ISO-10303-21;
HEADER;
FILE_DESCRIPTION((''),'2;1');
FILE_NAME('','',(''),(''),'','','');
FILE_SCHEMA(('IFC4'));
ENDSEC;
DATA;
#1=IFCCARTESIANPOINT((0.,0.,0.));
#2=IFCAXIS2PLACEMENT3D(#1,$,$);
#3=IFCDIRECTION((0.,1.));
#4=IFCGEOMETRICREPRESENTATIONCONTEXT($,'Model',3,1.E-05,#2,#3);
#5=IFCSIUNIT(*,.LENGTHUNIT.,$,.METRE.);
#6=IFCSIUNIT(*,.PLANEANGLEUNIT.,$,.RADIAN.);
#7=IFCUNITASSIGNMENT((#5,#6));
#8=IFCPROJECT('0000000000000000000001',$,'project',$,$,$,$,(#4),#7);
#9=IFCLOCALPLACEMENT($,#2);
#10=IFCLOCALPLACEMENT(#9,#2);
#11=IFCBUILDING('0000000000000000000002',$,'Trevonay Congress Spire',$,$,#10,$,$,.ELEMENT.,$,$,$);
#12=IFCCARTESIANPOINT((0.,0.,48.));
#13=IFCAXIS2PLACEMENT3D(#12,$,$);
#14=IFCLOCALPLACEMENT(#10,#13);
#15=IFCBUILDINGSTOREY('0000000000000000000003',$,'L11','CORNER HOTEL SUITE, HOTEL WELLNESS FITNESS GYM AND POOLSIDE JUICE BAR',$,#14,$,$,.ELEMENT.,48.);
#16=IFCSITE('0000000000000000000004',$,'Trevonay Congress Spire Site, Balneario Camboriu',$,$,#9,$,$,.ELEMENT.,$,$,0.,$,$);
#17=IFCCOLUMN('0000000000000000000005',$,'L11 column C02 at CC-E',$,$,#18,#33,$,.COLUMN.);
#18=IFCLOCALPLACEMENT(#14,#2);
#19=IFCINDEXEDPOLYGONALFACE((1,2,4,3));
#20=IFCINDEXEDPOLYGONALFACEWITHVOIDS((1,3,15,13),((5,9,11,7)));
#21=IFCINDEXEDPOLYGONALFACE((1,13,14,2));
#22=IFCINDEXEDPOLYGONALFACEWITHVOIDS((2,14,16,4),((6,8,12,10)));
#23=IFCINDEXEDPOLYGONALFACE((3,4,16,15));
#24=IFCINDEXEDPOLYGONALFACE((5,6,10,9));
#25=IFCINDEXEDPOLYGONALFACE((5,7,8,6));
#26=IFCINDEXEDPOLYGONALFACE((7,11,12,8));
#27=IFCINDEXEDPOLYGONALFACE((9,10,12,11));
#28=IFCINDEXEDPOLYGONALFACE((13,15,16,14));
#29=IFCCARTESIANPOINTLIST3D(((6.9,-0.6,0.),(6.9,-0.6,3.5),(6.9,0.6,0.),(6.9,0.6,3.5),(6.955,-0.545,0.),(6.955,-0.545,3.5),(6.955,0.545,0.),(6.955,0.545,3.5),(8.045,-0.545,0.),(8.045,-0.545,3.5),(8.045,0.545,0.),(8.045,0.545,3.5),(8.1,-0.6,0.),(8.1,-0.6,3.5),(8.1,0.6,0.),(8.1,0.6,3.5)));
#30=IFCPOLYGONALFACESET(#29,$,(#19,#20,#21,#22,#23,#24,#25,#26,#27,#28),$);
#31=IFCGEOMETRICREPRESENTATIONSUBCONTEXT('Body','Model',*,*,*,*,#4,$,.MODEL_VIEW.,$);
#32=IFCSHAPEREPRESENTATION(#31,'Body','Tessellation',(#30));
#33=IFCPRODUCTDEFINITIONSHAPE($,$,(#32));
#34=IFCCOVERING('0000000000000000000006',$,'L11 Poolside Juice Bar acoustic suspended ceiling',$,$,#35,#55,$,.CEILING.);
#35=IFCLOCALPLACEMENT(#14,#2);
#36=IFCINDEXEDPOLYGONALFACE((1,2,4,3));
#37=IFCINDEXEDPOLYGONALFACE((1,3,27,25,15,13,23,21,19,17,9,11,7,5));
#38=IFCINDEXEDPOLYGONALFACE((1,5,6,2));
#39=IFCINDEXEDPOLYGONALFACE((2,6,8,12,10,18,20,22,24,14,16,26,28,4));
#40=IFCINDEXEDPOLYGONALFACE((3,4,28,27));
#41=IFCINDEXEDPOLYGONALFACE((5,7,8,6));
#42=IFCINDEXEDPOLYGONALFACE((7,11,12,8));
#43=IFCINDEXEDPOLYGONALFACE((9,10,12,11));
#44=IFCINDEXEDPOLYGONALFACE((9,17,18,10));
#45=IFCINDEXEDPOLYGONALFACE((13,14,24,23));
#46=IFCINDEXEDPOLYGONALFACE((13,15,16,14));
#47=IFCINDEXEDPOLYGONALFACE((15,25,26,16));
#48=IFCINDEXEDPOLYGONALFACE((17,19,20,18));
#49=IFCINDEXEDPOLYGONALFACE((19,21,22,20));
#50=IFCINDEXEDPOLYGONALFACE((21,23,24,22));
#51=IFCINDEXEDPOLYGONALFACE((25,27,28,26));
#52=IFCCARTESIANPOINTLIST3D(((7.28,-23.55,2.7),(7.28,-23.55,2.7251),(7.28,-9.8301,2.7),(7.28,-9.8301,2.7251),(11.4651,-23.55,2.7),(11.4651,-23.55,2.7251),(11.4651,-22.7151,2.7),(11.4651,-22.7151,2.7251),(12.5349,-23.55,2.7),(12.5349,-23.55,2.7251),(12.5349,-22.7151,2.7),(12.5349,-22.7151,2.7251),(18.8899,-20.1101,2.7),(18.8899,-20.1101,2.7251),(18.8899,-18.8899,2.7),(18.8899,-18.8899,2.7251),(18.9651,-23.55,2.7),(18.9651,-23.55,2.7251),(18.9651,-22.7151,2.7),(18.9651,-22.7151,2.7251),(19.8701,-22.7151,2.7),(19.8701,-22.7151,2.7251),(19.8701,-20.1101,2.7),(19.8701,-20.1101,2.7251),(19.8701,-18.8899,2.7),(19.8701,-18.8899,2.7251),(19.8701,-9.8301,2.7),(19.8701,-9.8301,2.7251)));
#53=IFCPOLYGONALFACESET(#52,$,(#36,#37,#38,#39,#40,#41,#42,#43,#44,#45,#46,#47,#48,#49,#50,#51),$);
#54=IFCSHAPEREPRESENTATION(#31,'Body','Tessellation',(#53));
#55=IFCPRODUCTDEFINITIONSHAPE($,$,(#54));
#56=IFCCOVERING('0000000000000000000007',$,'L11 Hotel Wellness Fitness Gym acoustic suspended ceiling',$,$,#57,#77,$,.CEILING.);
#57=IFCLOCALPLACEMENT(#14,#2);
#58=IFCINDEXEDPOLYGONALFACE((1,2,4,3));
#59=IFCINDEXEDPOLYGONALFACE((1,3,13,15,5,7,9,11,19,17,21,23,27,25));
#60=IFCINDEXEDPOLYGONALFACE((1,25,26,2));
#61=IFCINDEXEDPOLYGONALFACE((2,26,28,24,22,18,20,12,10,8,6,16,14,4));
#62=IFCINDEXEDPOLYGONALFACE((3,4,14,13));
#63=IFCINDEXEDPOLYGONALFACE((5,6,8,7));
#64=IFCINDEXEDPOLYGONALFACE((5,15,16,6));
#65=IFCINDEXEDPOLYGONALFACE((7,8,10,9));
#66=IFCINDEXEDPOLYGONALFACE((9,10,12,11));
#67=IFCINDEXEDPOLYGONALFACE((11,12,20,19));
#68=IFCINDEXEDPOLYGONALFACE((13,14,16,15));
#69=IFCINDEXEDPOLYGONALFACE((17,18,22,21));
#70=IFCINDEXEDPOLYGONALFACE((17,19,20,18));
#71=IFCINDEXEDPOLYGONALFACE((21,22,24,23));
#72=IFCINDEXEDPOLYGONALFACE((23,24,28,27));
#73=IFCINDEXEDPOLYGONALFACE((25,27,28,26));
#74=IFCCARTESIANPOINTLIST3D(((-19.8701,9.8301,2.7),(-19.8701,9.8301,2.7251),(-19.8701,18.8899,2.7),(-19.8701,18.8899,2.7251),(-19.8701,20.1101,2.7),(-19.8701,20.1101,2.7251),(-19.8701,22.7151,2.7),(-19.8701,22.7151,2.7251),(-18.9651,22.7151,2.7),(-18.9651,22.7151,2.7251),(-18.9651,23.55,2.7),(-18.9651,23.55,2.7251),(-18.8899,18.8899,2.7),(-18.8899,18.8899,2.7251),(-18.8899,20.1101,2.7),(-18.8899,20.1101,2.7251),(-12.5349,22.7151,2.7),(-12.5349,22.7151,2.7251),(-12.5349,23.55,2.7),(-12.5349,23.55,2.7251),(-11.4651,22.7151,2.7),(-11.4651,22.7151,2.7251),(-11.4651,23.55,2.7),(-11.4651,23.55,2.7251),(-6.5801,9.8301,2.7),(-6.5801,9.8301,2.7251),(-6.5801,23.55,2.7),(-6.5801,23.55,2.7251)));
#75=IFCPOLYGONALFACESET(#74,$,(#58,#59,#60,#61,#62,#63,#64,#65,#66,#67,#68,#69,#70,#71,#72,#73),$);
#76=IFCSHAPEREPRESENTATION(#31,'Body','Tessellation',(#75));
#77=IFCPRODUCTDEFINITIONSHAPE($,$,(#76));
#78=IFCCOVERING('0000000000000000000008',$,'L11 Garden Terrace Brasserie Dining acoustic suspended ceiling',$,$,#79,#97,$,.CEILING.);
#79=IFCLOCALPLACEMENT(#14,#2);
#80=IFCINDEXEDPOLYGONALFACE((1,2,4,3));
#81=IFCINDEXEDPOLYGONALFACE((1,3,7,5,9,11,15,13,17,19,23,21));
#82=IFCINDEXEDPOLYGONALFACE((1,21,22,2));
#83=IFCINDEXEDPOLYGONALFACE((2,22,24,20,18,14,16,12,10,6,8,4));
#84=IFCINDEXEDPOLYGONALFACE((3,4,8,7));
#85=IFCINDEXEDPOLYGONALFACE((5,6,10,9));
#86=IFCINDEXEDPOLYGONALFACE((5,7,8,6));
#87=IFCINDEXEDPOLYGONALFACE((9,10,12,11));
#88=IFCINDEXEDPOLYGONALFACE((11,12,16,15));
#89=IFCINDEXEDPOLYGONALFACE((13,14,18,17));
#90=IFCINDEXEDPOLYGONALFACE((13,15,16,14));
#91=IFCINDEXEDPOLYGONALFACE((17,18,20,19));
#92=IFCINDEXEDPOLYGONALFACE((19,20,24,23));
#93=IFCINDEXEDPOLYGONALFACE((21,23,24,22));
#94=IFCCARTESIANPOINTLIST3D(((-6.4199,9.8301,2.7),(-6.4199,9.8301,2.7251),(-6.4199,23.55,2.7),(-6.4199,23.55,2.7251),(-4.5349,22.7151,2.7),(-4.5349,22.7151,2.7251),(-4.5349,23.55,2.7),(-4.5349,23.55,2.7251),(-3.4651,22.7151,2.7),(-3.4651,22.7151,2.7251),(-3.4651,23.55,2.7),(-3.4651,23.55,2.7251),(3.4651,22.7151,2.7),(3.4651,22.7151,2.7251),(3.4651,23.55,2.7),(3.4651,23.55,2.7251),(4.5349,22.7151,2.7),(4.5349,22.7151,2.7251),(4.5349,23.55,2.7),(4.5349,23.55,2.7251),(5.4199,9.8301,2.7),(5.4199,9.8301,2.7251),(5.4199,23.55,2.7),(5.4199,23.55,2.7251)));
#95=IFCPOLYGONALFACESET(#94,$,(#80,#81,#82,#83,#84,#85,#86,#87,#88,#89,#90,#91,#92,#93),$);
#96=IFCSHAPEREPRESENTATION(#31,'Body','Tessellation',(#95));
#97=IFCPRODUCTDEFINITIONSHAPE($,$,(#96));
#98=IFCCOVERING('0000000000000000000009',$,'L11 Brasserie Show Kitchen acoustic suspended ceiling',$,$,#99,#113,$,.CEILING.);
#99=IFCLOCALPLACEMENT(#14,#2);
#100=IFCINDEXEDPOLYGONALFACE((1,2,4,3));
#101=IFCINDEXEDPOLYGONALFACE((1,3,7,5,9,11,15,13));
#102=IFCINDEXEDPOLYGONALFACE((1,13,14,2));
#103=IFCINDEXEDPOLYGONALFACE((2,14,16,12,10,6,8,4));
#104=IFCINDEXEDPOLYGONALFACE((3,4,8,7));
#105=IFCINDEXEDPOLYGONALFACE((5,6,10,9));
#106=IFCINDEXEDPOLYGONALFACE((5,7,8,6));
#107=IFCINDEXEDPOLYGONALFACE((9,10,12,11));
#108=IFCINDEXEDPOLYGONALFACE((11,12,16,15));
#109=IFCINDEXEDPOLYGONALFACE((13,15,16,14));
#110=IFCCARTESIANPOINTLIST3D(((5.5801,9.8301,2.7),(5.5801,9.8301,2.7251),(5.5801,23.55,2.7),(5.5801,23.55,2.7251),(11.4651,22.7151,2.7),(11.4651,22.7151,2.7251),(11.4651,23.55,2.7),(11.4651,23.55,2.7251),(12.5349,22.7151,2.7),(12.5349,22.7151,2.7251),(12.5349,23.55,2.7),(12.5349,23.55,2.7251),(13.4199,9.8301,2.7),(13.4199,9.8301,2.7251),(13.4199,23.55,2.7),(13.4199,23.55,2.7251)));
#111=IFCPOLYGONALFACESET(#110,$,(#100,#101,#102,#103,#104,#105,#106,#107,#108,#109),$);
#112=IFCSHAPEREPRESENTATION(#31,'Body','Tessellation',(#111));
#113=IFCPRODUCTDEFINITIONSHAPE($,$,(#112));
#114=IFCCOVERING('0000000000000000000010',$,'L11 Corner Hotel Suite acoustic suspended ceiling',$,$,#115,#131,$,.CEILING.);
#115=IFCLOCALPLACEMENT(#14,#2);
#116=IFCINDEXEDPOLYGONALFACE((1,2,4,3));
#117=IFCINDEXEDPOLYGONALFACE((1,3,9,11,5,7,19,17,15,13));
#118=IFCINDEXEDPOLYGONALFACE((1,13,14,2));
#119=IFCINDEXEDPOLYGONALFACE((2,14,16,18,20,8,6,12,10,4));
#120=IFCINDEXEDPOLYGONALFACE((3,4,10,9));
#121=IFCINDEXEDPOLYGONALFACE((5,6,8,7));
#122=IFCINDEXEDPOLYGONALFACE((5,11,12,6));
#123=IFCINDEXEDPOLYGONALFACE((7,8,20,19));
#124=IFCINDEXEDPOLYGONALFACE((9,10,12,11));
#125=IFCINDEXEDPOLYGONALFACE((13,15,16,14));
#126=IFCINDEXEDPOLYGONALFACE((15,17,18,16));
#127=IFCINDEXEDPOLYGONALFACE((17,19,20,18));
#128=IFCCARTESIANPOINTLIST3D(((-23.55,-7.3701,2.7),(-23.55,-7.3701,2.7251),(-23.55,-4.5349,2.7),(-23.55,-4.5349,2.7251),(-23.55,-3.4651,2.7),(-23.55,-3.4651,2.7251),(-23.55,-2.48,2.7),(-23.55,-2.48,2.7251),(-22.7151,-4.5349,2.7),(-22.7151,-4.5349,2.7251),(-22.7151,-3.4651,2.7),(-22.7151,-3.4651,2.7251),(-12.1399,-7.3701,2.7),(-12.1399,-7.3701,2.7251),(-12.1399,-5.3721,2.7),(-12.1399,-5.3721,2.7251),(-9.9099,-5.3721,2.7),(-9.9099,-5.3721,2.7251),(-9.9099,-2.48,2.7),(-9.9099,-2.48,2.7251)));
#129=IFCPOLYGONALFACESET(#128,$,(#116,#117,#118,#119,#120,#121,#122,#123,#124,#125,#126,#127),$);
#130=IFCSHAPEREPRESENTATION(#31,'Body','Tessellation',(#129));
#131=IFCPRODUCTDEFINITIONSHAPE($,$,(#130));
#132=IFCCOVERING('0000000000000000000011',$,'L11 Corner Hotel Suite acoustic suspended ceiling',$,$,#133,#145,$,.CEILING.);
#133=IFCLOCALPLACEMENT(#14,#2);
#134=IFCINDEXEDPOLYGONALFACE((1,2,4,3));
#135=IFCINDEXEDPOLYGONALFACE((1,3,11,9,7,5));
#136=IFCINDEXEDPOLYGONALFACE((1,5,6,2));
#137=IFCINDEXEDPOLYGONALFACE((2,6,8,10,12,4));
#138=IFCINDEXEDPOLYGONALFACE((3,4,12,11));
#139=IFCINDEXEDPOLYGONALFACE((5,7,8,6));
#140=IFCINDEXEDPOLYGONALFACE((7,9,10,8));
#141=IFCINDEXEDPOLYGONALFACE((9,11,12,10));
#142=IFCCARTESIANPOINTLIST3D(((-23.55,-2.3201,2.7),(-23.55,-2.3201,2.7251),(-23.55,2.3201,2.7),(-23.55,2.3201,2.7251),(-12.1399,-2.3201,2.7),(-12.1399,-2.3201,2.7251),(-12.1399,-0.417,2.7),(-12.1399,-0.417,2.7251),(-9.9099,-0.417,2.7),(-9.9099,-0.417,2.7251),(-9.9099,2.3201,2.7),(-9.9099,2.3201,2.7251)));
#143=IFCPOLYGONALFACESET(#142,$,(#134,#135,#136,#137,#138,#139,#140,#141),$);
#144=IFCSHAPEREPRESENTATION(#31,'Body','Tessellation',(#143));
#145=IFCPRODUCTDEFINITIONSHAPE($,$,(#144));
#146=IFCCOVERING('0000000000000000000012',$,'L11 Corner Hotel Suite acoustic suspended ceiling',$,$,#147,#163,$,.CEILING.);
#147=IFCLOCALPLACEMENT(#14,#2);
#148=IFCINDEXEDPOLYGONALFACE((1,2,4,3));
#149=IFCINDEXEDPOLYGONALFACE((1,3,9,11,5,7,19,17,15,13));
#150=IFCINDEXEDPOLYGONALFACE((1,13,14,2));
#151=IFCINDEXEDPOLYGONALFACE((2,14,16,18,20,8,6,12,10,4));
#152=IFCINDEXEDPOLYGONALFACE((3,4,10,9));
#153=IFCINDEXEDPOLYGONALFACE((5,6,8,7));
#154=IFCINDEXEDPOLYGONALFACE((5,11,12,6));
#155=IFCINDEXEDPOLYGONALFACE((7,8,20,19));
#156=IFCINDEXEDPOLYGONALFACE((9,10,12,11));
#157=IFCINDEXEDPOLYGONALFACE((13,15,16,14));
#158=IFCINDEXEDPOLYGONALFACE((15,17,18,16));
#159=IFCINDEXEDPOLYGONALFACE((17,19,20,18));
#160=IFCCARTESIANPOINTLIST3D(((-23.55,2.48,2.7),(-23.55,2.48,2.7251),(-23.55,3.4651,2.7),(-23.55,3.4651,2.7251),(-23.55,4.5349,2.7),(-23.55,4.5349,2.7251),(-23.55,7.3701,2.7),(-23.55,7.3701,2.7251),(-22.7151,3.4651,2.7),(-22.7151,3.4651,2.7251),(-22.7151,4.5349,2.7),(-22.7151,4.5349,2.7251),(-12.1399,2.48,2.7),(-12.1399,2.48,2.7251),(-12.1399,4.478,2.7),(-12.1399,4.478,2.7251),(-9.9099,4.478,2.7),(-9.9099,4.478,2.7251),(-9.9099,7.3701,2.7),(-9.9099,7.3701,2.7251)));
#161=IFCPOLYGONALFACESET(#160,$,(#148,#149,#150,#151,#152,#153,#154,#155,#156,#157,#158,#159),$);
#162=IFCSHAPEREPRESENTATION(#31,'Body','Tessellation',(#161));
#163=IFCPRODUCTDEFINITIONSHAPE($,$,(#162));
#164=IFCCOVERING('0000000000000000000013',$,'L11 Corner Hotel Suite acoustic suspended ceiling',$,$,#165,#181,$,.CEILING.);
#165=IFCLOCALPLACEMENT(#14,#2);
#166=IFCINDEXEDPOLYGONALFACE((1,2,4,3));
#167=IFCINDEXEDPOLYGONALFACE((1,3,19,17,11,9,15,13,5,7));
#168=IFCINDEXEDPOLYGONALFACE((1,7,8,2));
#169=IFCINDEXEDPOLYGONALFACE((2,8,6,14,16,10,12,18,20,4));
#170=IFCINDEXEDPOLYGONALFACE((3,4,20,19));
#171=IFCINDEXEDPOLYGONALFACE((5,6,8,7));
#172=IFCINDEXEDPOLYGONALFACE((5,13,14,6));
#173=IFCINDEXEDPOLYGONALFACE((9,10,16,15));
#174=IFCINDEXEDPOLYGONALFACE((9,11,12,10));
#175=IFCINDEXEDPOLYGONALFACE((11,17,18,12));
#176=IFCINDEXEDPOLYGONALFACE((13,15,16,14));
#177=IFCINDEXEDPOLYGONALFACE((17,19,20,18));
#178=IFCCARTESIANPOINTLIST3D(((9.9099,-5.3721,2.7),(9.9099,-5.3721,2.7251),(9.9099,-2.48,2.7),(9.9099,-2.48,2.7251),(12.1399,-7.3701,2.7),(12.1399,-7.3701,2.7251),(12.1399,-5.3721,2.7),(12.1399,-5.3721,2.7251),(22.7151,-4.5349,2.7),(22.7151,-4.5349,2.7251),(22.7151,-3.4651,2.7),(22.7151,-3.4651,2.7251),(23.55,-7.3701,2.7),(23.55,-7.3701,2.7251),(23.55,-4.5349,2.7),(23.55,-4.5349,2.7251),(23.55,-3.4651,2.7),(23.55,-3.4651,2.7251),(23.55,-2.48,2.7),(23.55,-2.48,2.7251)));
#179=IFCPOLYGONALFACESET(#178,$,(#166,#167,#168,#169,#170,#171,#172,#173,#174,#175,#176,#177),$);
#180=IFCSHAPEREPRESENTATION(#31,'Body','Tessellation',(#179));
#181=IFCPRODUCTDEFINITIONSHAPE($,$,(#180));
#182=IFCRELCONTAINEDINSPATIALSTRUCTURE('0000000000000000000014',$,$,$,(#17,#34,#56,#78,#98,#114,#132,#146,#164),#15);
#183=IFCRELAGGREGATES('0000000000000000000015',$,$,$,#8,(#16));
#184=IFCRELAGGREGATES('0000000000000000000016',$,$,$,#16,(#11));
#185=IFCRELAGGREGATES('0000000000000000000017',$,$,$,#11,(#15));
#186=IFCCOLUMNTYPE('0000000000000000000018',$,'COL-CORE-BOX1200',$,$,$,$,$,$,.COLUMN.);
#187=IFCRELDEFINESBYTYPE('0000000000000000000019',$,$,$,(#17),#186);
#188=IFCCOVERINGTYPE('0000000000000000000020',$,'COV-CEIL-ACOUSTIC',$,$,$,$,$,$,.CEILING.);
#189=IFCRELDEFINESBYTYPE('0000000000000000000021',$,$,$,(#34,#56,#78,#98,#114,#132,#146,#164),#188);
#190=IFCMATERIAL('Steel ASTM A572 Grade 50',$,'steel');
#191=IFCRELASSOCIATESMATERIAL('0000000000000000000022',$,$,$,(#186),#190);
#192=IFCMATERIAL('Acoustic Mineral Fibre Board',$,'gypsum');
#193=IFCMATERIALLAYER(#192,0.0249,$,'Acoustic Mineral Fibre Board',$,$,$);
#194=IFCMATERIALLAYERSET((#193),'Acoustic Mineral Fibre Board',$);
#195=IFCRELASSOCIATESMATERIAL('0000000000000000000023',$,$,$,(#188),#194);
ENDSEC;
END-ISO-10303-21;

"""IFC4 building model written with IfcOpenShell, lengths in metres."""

from ifc_helpers import new_model, si_unit, direction, frame, origin, origin_2d, place, context, subcontext, project, spatial, polyline, hollow_rectangle, outline, extrude, material, layer, layer_set, material_profile, profile_set, type_object, element, save


model = new_model("IFC4")

# Units and contexts
model_context = context("Model", 3, precision=1e-05, world=origin(), true_north=direction((0.0, 1.0)))
body_context = subcontext(model_context, "Body", "Model", "MODEL_VIEW")
ifc_project = project(units=[si_unit("LENGTHUNIT", "METRE"), si_unit("PLANEANGLEUNIT", "RADIAN")], contexts=[model_context])

# Site, building, storey
site_placement = place(None, origin())
site = spatial("IfcSite", under=ifc_project, at=site_placement, Name="Trevonay Congress Spire Site, Balneario Camboriu", CompositionType="ELEMENT", RefElevation=0.0)
building_placement = place(site_placement, origin())
building = spatial("IfcBuilding", under=site, at=building_placement, Name="Trevonay Congress Spire", CompositionType="ELEMENT")
storey_placement = place(building_placement, frame((0.0, 0.0, 48.0)))
storey = spatial("IfcBuildingStorey", under=building, at=storey_placement, Name="L11", Description="CORNER HOTEL SUITE, HOTEL WELLNESS FITNESS GYM AND POOLSIDE JUICE BAR", CompositionType="ELEMENT", Elevation=48.0)

# Column
ifc_material_1 = material(Name="Steel ASTM A572 Grade 50", Category="steel")
ifc_material_profile = material_profile(ifc_material_1, hollow_rectangle(XDim=1.2, YDim=1.2, WallThickness=0.0549, at=origin_2d()), Name="BOX 1200x1200x55")
ifc_profile_set = profile_set([ifc_material_profile], Name="Steel ASTM A572 Grade 50")
column_type = type_object("IfcColumnType", Name="COL-CORE-BOX1200", PredefinedType="COLUMN", material=ifc_profile_set)
column_placement = place(storey_placement, frame((7.5, 0.0, 0.0), z_axis=(0.0, 0.0, 1.0), x_axis=(1.0, 0.0, 0.0)))
element("IfcColumn", 1, at=column_placement, inside=storey, type_object=column_type, Name="L11 column C02 at CC-E", PredefinedType="COLUMN", context=body_context, shape_type="SweptSolid", body=[
    extrude(hollow_rectangle(XDim=1.2, YDim=1.2, WallThickness=0.0549, at=origin_2d()), origin(), (0.0, 0.0, 1.0), 3.5),
])

# Coverings
ifc_material_2 = material(Name="Acoustic Mineral Fibre Board", Category="gypsum")
ifc_layer_1 = layer(ifc_material_2, 0.0249, Name="Acoustic Mineral Fibre Board")
ifc_layer_set_1 = layer_set([ifc_layer_1], Name="Acoustic Mineral Fibre Board")
covering_type_1 = type_object("IfcCoveringType", Name="COV-CEIL-ACOUSTIC", PredefinedType="CEILING", material=ifc_layer_set_1)
covering_1_placement = place(storey_placement, frame((0.0, 0.0, 2.7)))
element("IfcCovering", 2, at=covering_1_placement, inside=storey, type_object=covering_type_1, Name="L11 Poolside Juice Bar acoustic suspended ceiling", PredefinedType="CEILING", context=body_context, shape_type="SweptSolid", body=[
    extrude(outline(polyline([(7.28, -23.55), (7.28, -9.8301), (19.8701, -9.8301), (19.8701, -18.8899), (18.8899, -18.8899), (18.8899, -20.1101), (19.8701, -20.1101), (19.8701, -22.7151), (18.9651, -22.7151), (18.9651, -23.55), (12.5349, -23.55), (12.5349, -22.7151), (11.4651, -22.7151), (11.4651, -23.55), (7.28, -23.55)])), origin(), (0.0, 0.0, 1.0), 0.0251),
])
covering_2_placement = place(storey_placement, frame((0.0, 0.0, 2.7)))
element("IfcCovering", 3, at=covering_2_placement, inside=storey, type_object=covering_type_1, Name="L11 Hotel Wellness Fitness Gym acoustic suspended ceiling", PredefinedType="CEILING", context=body_context, shape_type="SweptSolid", body=[
    extrude(outline(polyline([(-6.5801, 23.55), (-6.5801, 9.8301), (-19.8701, 9.8301), (-19.8701, 18.8899), (-18.8899, 18.8899), (-18.8899, 20.1101), (-19.8701, 20.1101), (-19.8701, 22.7151), (-18.9651, 22.7151), (-18.9651, 23.55), (-12.5349, 23.55), (-12.5349, 22.7151), (-11.4651, 22.7151), (-11.4651, 23.55), (-6.5801, 23.55)])), origin(), (0.0, 0.0, 1.0), 0.0251),
])
covering_3_placement = place(storey_placement, frame((0.0, 0.0, 2.7)))
element("IfcCovering", 4, at=covering_3_placement, inside=storey, type_object=covering_type_1, Name="L11 Garden Terrace Brasserie Dining acoustic suspended ceiling", PredefinedType="CEILING", context=body_context, shape_type="SweptSolid", body=[
    extrude(outline(polyline([(5.4199, 23.55), (5.4199, 9.8301), (-6.4199, 9.8301), (-6.4199, 23.55), (-4.5349, 23.55), (-4.5349, 22.7151), (-3.4651, 22.7151), (-3.4651, 23.55), (3.4651, 23.55), (3.4651, 22.7151), (4.5349, 22.7151), (4.5349, 23.55), (5.4199, 23.55)])), origin(), (0.0, 0.0, 1.0), 0.0251),
])
covering_4_placement = place(storey_placement, frame((0.0, 0.0, 2.7)))
element("IfcCovering", 5, at=covering_4_placement, inside=storey, type_object=covering_type_1, Name="L11 Brasserie Show Kitchen acoustic suspended ceiling", PredefinedType="CEILING", context=body_context, shape_type="SweptSolid", body=[
    extrude(outline(polyline([(13.4199, 23.55), (13.4199, 9.8301), (5.5801, 9.8301), (5.5801, 23.55), (11.4651, 23.55), (11.4651, 22.7151), (12.5349, 22.7151), (12.5349, 23.55), (13.4199, 23.55)])), origin(), (0.0, 0.0, 1.0), 0.0251),
])
covering_5_placement = place(storey_placement, frame((0.0, 0.0, 2.7)))
element("IfcCovering", 6, at=covering_5_placement, inside=storey, type_object=covering_type_1, Name="L11 Corner Hotel Suite acoustic suspended ceiling", PredefinedType="CEILING", context=body_context, shape_type="SweptSolid", body=[
    extrude(outline(polyline([(-23.55, -4.5349), (-22.7151, -4.5349), (-22.7151, -3.4651), (-23.55, -3.4651), (-23.55, -2.48), (-9.9099, -2.48), (-9.9099, -5.3721), (-12.1399, -5.3721), (-12.1399, -7.3701), (-23.55, -7.3701), (-23.55, -4.5349)])), origin(), (0.0, 0.0, 1.0), 0.0251),
])
covering_6_placement = place(storey_placement, frame((0.0, 0.0, 2.7)))
element("IfcCovering", 7, at=covering_6_placement, inside=storey, type_object=covering_type_1, Name="L11 Corner Hotel Suite acoustic suspended ceiling", PredefinedType="CEILING", context=body_context, shape_type="SweptSolid", body=[
    extrude(outline(polyline([(-23.55, -2.3201), (-23.55, 2.3201), (-9.9099, 2.3201), (-9.9099, -0.417), (-12.1399, -0.417), (-12.1399, -2.3201), (-23.55, -2.3201)])), origin(), (0.0, 0.0, 1.0), 0.0251),
])
covering_7_placement = place(storey_placement, frame((0.0, 0.0, 2.7)))
element("IfcCovering", 8, at=covering_7_placement, inside=storey, type_object=covering_type_1, Name="L11 Corner Hotel Suite acoustic suspended ceiling", PredefinedType="CEILING", context=body_context, shape_type="SweptSolid", body=[
    extrude(outline(polyline([(-23.55, 3.4651), (-22.7151, 3.4651), (-22.7151, 4.5349), (-23.55, 4.5349), (-23.55, 7.3701), (-9.9099, 7.3701), (-9.9099, 4.478), (-12.1399, 4.478), (-12.1399, 2.48), (-23.55, 2.48), (-23.55, 3.4651)])), origin(), (0.0, 0.0, 1.0), 0.0251),
])
covering_8_placement = place(storey_placement, frame((0.0, 0.0, 2.7)))
element("IfcCovering", 9, at=covering_8_placement, inside=storey, type_object=covering_type_1, Name="L11 Corner Hotel Suite acoustic suspended ceiling", PredefinedType="CEILING", context=body_context, shape_type="SweptSolid", body=[
    extrude(outline(polyline([(9.9099, -2.48), (23.55, -2.48), (23.55, -3.4651), (22.7151, -3.4651), (22.7151, -4.5349), (23.55, -4.5349), (23.55, -7.3701), (12.1399, -7.3701), (12.1399, -5.3721), (9.9099, -5.3721), (9.9099, -2.48)])), origin(), (0.0, 0.0, 1.0), 0.0251),
])

save(model, "model.ifc")
